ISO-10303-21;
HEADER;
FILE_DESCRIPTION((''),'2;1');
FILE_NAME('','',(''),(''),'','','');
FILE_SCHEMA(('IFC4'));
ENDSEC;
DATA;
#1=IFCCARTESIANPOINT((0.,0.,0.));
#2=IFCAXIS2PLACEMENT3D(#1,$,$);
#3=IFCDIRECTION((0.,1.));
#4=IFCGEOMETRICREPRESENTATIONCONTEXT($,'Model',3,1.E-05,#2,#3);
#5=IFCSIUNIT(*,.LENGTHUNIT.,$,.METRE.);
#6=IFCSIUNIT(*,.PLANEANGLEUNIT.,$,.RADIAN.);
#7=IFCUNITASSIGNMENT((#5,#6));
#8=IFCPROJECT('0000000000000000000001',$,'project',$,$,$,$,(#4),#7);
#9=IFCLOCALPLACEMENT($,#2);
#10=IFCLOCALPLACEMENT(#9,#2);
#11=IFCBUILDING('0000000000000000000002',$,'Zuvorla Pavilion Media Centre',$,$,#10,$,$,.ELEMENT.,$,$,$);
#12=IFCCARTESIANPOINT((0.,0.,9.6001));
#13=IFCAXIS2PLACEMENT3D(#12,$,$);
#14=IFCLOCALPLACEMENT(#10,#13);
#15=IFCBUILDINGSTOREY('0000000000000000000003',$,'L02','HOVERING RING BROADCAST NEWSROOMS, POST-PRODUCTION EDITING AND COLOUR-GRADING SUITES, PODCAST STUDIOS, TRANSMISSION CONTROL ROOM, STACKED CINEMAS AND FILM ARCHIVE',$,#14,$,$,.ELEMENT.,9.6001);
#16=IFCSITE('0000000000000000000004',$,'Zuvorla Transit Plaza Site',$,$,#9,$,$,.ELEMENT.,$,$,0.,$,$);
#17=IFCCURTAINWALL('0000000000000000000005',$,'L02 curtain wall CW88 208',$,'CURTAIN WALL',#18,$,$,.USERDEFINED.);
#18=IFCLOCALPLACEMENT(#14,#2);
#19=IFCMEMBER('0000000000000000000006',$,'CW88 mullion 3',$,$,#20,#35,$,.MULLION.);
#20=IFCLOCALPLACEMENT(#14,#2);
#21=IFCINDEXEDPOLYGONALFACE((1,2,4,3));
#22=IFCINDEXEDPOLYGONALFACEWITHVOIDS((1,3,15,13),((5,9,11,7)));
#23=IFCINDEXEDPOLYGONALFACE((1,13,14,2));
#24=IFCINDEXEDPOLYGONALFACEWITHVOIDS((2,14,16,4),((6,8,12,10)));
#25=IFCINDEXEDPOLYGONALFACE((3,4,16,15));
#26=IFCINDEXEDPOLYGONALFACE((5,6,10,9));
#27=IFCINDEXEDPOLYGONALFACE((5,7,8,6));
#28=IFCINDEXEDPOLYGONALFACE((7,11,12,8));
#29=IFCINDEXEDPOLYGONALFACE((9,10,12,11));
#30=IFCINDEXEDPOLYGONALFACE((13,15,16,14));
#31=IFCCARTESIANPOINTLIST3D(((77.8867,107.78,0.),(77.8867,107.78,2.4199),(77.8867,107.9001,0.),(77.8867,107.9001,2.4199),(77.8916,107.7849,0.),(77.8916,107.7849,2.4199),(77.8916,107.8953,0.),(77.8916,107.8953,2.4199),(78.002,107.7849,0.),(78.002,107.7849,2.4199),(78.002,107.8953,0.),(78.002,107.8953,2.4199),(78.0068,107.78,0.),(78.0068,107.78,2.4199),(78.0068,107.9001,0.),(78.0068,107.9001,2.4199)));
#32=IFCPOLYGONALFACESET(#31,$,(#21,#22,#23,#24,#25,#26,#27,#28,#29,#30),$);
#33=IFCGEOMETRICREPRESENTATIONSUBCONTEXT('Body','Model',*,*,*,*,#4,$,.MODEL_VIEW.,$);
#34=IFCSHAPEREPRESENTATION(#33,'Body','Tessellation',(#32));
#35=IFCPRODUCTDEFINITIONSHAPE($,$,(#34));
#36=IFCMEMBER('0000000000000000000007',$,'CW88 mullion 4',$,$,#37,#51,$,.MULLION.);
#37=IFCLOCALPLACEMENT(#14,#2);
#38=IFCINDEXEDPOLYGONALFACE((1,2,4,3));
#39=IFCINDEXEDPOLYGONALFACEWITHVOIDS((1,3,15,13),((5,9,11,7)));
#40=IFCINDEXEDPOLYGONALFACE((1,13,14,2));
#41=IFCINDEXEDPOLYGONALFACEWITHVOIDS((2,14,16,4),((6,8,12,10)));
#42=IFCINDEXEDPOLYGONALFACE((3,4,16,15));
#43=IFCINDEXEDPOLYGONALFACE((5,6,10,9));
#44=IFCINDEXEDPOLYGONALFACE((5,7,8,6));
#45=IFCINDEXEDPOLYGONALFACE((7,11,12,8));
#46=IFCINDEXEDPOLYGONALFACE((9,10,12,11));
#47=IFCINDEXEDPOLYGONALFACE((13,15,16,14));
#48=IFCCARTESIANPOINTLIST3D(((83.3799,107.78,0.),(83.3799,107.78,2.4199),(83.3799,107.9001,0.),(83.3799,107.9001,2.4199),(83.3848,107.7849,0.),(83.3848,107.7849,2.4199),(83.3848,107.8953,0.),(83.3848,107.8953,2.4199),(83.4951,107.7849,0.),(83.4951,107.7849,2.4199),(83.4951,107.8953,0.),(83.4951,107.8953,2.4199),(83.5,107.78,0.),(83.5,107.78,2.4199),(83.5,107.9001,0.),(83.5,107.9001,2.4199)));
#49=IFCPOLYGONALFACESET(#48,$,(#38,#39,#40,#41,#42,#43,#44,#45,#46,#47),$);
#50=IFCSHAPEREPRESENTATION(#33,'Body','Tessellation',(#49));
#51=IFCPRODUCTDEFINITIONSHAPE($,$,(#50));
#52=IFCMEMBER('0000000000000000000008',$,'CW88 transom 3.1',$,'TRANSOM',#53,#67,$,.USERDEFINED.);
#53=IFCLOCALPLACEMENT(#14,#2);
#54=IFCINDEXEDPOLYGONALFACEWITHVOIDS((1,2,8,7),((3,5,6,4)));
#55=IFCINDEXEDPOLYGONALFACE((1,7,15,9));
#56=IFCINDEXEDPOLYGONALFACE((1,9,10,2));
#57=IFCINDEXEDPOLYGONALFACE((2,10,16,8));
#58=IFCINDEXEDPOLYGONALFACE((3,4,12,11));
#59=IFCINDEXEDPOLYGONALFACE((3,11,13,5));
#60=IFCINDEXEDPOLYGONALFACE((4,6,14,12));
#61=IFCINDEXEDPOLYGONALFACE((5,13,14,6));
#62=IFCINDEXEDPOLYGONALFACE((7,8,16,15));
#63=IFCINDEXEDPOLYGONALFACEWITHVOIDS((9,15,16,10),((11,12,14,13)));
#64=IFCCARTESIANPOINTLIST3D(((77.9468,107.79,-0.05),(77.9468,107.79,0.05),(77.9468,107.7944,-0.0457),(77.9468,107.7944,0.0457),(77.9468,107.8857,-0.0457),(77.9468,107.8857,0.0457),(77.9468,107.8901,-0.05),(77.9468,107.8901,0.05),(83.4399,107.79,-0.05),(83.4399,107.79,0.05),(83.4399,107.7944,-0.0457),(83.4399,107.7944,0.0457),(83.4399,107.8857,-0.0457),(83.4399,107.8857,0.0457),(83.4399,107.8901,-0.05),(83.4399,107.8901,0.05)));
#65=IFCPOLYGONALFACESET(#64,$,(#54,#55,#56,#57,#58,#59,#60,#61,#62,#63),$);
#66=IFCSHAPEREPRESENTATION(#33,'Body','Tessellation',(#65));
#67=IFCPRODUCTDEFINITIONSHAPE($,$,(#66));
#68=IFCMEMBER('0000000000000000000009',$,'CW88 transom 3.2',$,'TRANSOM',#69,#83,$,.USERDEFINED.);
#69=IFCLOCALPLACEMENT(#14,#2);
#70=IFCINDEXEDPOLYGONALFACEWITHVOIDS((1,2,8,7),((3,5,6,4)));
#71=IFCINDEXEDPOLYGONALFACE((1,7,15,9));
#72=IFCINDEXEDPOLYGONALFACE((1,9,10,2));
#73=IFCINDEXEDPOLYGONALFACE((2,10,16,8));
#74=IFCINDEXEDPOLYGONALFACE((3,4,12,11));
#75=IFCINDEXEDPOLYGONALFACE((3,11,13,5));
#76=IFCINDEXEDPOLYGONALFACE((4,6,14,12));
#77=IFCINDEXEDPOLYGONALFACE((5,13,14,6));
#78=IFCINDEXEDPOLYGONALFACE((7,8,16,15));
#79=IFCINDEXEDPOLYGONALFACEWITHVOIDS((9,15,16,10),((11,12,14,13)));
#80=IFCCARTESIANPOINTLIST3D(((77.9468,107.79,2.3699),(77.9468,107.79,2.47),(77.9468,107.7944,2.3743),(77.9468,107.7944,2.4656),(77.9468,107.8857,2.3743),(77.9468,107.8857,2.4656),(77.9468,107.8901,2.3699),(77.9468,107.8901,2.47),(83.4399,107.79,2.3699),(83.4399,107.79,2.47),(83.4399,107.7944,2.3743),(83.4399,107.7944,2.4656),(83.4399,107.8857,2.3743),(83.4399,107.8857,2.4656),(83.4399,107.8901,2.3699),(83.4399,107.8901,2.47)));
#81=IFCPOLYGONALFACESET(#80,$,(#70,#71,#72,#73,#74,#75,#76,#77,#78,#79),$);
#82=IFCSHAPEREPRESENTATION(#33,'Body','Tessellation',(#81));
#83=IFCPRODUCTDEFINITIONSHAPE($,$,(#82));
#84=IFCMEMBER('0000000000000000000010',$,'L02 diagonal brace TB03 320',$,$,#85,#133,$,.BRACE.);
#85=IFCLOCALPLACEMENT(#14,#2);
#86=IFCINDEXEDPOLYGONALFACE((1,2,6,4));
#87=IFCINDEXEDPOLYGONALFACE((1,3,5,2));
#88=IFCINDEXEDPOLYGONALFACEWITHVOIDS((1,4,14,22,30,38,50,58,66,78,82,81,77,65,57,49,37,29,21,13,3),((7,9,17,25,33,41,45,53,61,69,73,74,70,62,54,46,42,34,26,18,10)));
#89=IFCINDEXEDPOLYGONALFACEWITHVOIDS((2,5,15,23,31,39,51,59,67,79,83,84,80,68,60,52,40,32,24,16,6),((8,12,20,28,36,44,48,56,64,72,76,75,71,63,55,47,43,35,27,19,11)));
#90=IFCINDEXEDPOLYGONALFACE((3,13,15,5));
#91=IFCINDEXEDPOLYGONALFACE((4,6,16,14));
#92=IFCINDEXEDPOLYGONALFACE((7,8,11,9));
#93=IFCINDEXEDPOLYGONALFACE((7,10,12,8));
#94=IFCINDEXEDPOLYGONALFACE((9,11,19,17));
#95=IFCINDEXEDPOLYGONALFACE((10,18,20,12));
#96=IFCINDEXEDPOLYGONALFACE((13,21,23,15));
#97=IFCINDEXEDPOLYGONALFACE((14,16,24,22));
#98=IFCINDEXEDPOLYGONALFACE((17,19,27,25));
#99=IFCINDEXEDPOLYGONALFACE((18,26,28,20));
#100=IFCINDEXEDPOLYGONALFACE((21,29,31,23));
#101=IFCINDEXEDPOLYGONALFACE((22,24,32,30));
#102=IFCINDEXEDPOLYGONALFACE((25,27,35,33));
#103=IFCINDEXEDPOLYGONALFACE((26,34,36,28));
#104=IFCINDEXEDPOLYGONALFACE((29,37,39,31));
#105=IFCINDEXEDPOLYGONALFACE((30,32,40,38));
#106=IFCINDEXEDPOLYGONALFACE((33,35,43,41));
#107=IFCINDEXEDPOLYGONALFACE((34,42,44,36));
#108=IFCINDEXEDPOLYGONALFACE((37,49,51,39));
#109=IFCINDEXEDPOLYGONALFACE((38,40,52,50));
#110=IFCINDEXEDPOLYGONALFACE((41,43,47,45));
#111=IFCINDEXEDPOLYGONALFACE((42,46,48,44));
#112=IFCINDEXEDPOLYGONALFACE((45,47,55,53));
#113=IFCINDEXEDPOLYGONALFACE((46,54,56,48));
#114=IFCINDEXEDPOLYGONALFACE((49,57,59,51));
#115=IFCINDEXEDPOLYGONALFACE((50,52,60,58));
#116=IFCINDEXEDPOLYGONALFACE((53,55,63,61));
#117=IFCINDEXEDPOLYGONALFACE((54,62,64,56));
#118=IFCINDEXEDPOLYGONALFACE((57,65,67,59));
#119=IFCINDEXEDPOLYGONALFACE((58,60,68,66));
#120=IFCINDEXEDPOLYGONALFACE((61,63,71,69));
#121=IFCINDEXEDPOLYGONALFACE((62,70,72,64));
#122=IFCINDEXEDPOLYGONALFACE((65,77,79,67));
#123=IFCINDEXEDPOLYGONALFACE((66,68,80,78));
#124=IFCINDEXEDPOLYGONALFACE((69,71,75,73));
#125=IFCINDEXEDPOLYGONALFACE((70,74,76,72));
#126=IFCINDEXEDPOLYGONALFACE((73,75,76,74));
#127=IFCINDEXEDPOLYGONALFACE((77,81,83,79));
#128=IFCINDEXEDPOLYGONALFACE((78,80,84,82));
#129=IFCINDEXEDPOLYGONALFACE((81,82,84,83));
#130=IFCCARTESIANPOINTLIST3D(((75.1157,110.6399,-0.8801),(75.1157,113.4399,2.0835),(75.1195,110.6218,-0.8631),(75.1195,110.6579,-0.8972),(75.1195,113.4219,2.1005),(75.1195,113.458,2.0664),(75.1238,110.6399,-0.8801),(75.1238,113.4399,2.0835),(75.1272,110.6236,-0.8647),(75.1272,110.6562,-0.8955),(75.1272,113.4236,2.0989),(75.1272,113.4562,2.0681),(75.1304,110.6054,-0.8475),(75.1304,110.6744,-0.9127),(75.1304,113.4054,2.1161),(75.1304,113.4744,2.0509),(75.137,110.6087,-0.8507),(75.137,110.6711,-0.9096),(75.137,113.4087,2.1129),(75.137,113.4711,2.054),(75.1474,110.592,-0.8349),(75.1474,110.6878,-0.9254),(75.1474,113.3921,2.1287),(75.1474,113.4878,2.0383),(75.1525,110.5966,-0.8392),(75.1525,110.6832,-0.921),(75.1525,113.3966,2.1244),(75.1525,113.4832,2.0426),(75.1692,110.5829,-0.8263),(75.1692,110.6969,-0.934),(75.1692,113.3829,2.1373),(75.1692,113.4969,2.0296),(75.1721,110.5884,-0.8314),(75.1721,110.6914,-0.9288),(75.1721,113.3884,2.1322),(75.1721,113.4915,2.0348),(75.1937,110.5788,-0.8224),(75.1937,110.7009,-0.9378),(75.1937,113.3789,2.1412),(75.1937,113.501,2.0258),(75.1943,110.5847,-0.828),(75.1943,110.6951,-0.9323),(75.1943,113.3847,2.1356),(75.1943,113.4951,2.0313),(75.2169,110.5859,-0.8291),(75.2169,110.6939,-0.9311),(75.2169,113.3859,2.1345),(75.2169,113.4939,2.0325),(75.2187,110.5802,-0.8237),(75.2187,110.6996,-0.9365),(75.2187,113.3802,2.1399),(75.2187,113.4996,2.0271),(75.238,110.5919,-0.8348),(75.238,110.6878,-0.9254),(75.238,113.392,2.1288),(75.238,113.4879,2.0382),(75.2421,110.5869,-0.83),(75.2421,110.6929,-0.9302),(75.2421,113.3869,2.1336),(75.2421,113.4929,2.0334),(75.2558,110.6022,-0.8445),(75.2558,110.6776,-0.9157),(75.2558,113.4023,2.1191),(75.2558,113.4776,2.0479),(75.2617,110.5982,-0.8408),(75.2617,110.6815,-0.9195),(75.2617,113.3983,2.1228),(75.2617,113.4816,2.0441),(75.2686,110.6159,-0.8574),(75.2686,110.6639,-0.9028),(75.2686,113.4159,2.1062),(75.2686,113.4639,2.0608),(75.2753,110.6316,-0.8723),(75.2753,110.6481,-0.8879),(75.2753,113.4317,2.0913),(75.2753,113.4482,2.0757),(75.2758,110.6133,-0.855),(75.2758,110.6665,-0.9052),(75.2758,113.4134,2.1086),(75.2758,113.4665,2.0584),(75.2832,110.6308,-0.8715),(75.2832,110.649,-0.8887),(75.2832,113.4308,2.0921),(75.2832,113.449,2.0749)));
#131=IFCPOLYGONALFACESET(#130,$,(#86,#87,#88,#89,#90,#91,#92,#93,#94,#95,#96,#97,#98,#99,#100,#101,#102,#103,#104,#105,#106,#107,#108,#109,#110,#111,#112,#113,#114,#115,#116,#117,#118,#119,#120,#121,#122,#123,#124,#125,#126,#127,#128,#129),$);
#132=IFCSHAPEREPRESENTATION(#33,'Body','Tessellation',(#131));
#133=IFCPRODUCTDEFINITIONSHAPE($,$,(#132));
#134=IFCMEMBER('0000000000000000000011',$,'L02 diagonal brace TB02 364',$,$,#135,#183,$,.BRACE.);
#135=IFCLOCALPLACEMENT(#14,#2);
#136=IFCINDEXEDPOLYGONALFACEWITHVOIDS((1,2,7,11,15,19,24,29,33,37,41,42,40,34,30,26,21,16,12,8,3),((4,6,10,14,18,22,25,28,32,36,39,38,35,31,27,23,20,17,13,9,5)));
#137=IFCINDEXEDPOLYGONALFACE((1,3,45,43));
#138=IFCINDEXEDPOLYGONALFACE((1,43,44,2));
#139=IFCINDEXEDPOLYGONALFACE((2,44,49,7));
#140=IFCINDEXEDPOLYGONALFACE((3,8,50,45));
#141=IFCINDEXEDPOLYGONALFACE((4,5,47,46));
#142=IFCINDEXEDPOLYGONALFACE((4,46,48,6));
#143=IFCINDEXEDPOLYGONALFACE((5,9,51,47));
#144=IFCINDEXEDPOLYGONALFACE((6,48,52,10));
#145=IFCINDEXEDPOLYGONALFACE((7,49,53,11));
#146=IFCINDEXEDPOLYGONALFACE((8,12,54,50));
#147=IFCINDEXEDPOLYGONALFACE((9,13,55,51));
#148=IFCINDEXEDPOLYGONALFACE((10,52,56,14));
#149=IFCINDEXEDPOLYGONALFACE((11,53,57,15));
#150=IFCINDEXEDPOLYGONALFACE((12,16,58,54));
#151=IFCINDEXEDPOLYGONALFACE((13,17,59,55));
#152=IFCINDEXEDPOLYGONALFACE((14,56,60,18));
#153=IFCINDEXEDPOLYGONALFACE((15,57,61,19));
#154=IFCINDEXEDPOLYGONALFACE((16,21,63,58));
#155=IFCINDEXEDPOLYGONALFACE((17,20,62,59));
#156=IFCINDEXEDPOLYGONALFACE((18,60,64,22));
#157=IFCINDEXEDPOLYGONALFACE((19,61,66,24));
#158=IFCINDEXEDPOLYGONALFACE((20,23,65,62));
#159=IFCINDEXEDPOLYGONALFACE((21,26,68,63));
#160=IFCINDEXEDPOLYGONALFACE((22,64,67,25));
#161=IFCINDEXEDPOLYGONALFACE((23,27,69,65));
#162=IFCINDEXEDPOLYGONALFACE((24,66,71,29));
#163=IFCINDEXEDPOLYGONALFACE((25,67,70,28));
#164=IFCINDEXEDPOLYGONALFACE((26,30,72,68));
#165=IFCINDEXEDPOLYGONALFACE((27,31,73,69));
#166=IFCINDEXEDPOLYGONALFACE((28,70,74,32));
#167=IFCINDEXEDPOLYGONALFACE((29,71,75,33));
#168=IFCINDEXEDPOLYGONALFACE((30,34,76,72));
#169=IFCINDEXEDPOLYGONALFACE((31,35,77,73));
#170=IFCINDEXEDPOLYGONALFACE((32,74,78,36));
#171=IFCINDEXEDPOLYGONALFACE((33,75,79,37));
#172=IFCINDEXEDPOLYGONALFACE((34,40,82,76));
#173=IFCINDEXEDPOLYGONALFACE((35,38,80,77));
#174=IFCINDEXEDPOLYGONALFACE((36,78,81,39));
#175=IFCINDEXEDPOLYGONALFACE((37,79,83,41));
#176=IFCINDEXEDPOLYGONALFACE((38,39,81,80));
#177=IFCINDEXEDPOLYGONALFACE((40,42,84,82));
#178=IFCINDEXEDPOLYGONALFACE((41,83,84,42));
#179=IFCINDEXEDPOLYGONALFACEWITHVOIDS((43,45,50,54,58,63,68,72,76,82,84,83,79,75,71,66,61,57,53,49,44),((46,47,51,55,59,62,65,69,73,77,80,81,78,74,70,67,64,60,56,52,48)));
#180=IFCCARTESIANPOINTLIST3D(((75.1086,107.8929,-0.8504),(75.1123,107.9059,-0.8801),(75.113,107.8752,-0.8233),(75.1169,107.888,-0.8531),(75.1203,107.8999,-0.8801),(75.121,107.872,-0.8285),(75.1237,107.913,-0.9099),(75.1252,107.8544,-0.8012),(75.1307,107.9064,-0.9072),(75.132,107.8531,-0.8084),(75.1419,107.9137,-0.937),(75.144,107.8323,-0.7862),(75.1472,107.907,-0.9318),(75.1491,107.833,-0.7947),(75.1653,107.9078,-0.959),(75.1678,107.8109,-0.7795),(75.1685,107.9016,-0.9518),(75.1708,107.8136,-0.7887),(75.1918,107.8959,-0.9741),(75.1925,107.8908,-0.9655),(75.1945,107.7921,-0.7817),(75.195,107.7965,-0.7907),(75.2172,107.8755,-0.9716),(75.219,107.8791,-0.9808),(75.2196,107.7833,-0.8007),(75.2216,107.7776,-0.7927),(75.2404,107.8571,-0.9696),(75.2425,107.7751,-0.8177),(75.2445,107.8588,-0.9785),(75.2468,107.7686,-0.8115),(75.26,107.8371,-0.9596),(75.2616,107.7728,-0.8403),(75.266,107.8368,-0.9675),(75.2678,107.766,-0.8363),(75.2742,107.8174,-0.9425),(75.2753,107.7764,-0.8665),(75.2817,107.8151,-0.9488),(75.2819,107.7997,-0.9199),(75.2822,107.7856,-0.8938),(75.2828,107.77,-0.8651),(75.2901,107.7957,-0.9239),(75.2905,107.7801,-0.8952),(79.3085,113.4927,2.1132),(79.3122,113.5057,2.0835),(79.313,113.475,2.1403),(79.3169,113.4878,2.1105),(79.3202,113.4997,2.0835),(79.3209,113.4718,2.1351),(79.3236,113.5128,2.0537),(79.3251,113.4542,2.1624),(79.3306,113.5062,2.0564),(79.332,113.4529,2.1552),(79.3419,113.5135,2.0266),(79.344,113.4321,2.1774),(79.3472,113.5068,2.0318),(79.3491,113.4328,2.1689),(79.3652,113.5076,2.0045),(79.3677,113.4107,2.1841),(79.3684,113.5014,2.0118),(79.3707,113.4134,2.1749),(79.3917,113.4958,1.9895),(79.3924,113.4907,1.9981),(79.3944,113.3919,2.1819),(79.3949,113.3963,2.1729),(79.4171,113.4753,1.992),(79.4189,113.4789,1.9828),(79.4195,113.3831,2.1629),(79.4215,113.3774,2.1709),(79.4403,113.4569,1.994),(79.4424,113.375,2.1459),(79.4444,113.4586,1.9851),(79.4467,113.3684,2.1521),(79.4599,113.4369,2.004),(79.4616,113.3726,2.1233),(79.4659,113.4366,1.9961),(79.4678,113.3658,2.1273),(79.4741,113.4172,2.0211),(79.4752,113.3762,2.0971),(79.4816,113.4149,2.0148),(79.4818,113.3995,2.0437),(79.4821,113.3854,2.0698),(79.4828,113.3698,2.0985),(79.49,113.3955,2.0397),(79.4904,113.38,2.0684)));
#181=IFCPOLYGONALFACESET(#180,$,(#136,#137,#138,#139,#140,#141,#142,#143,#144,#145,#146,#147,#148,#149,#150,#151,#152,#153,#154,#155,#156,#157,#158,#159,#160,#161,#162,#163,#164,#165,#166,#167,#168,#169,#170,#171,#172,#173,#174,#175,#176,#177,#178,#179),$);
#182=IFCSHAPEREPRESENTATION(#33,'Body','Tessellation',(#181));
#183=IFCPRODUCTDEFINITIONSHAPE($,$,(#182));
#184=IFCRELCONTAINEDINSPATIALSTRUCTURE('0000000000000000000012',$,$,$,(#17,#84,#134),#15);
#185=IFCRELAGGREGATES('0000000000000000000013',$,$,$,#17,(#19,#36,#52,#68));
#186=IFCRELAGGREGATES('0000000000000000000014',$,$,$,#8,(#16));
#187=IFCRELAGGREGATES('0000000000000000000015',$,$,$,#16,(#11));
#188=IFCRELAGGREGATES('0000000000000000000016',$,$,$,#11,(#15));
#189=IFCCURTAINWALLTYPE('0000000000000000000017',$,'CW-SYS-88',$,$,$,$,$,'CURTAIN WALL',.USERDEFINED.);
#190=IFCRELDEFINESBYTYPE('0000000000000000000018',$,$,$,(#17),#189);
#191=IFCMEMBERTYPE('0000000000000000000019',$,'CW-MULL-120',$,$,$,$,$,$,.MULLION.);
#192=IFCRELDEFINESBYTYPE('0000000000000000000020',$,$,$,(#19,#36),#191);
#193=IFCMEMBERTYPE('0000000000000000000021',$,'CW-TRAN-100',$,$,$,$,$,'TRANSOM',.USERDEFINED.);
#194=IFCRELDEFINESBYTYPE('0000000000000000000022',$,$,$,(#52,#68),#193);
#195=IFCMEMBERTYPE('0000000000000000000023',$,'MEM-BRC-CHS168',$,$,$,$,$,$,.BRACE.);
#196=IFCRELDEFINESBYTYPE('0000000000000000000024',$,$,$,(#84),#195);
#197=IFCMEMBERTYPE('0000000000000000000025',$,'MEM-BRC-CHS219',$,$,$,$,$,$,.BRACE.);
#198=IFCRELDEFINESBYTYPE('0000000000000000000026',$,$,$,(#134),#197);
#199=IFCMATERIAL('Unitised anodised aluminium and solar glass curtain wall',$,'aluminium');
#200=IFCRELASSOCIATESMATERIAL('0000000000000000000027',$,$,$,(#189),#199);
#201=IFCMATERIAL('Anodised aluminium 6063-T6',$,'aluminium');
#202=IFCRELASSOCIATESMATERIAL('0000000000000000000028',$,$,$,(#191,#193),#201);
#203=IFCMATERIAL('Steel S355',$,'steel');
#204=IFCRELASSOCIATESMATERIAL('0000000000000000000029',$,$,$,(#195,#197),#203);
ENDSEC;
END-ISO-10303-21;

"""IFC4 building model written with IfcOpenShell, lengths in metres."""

from ifc_helpers import new_model, si_unit, direction, frame, origin, origin_2d, place, context, subcontext, project, spatial, hollow_rectangle, hollow_circle, extrude, material, material_profile, profile_set, type_object, element, aggregate, save


model = new_model("IFC4")

# Units and contexts
model_context = context("Model", 3, precision=1e-05, world=origin(), true_north=direction((0.0, 1.0)))
body_context = subcontext(model_context, "Body", "Model", "MODEL_VIEW")
ifc_project = project(units=[si_unit("LENGTHUNIT", "METRE"), si_unit("PLANEANGLEUNIT", "RADIAN")], contexts=[model_context])

# Site, building, storey
site_placement = place(None, origin())
site = spatial("IfcSite", under=ifc_project, at=site_placement, Name="Zuvorla Transit Plaza Site", CompositionType="ELEMENT", RefElevation=0.0)
building_placement = place(site_placement, origin())
building = spatial("IfcBuilding", under=site, at=building_placement, Name="Zuvorla Pavilion Media Centre", CompositionType="ELEMENT")
storey_placement = place(building_placement, frame((0.0, 0.0, 9.6001)))
storey = spatial("IfcBuildingStorey", under=building, at=storey_placement, Name="L02", Description="HOVERING RING BROADCAST NEWSROOMS, POST-PRODUCTION EDITING AND COLOUR-GRADING SUITES, PODCAST STUDIOS, TRANSMISSION CONTROL ROOM, STACKED CINEMAS AND FILM ARCHIVE", CompositionType="ELEMENT", Elevation=9.6001)

# Curtain wall, members
ifc_material_1 = material(Name="Unitised anodised aluminium and solar glass curtain wall", Category="aluminium")
curtain_wall_type = type_object("IfcCurtainWallType", Name="CW-SYS-88", ElementType="CURTAIN WALL", PredefinedType="USERDEFINED", material=ifc_material_1)
curtain_wall_placement = place(storey_placement, origin())
curtain_wall = element("IfcCurtainWall", 1, at=curtain_wall_placement, inside=storey, type_object=curtain_wall_type, Name="L02 curtain wall CW88 208", ObjectType="CURTAIN WALL", PredefinedType="USERDEFINED")
ifc_material_2 = material(Name="Anodised aluminium 6063-T6", Category="aluminium")
ifc_material_profile_1 = material_profile(ifc_material_2, hollow_rectangle(XDim=0.1201, YDim=0.1201, WallThickness=0.0049, at=origin_2d()), Name="ALU MULL 120x120")
ifc_profile_set_1 = profile_set([ifc_material_profile_1], Name="Anodised aluminium 6063-T6")
member_type_1 = type_object("IfcMemberType", Name="CW-MULL-120", PredefinedType="MULLION", material=ifc_profile_set_1)
member_1_placement = place(storey_placement, frame((77.9468, 107.8401, 0.0), z_axis=(0.0, 0.0, 1.0), x_axis=(1.0, 0.0, 0.0)))
member_1 = element("IfcMember", 2, at=member_1_placement, type_object=member_type_1, Name="CW88 mullion 3", PredefinedType="MULLION", context=body_context, shape_type="SweptSolid", body=[
    extrude(hollow_rectangle(XDim=0.1201, YDim=0.1201, WallThickness=0.0049, at=origin_2d()), origin(), (0.0, 0.0, 1.0), 2.4199),
])
member_2_placement = place(storey_placement, frame((83.4399, 107.8401, 0.0), z_axis=(0.0, 0.0, 1.0), x_axis=(1.0, 0.0, 0.0)))
member_2 = element("IfcMember", 3, at=member_2_placement, type_object=member_type_1, Name="CW88 mullion 4", PredefinedType="MULLION", context=body_context, shape_type="SweptSolid", body=[
    extrude(hollow_rectangle(XDim=0.1201, YDim=0.1201, WallThickness=0.0049, at=origin_2d()), origin(), (0.0, 0.0, 1.0), 2.4199),
])
ifc_material_profile_2 = material_profile(ifc_material_2, hollow_rectangle(XDim=0.1001, YDim=0.1001, WallThickness=0.0044, at=origin_2d()), Name="ALU TRAN 100x100")
ifc_profile_set_2 = profile_set([ifc_material_profile_2], Name="Anodised aluminium 6063-T6")
member_type_2 = type_object("IfcMemberType", Name="CW-TRAN-100", ElementType="TRANSOM", PredefinedType="USERDEFINED", material=ifc_profile_set_2)
member_3_placement = place(storey_placement, frame((77.9468, 107.8401, 0.0), z_axis=(1.0, 0.0, 0.0), x_axis=(0.0, 1.0, 0.0)))
member_3 = element("IfcMember", 4, at=member_3_placement, type_object=member_type_2, Name="CW88 transom 3.1", ObjectType="TRANSOM", PredefinedType="USERDEFINED", context=body_context, shape_type="SweptSolid", body=[
    extrude(hollow_rectangle(XDim=0.1001, YDim=0.1001, WallThickness=0.0044, at=origin_2d()), origin(), (0.0, 0.0, 1.0), 5.4932),
])
member_4_placement = place(storey_placement, frame((77.9468, 107.8401, 2.4199), z_axis=(1.0, 0.0, 0.0), x_axis=(0.0, 1.0, 0.0)))
member_4 = element("IfcMember", 5, at=member_4_placement, type_object=member_type_2, Name="CW88 transom 3.2", ObjectType="TRANSOM", PredefinedType="USERDEFINED", context=body_context, shape_type="SweptSolid", body=[
    extrude(hollow_rectangle(XDim=0.1001, YDim=0.1001, WallThickness=0.0044, at=origin_2d()), origin(), (0.0, 0.0, 1.0), 5.4932),
])

# Members
ifc_material_3 = material(Name="Steel S355", Category="steel")
ifc_material_profile_3 = material_profile(ifc_material_3, hollow_circle(Radius=0.0842, WallThickness=0.0081, at=origin_2d()), Name="CHS 168.3x8")
ifc_profile_set_3 = profile_set([ifc_material_profile_3], Name="Steel S355")
member_type_3 = type_object("IfcMemberType", Name="MEM-BRC-CHS168", PredefinedType="BRACE", material=ifc_profile_set_3)
member_5_placement = place(storey_placement, frame((75.2, 110.6399, -0.8801), z_axis=(0.0, 0.686762, 0.726882), x_axis=(-1.0, 0.0, 0.0)))
element("IfcMember", 6, at=member_5_placement, inside=storey, type_object=member_type_3, Name="L02 diagonal brace TB03 320", PredefinedType="BRACE", context=body_context, shape_type="SweptSolid", body=[
    extrude(hollow_circle(Radius=0.0842, WallThickness=0.0081, at=origin_2d()), origin(), (0.0, 0.0, 1.0), 4.0771),
])
ifc_material_profile_4 = material_profile(ifc_material_3, hollow_circle(Radius=0.1096, WallThickness=0.01, at=origin_2d()), Name="CHS 219.1x10")
ifc_profile_set_4 = profile_set([ifc_material_profile_4], Name="Steel S355")
member_type_4 = type_object("IfcMemberType", Name="MEM-BRC-CHS219", PredefinedType="BRACE", material=ifc_profile_set_4)
member_6_placement = place(storey_placement, frame((75.2, 107.8401, -0.8801), z_axis=(0.552525, 0.736689, 0.389879), x_axis=(-0.799996, 0.600006, 0.0)))
element("IfcMember", 7, at=member_6_placement, inside=storey, type_object=member_type_4, Name="L02 diagonal brace TB02 364", PredefinedType="BRACE", context=body_context, shape_type="SweptSolid", body=[
    extrude(hollow_circle(Radius=0.1096, WallThickness=0.01, at=origin_2d()), origin(), (0.0, 0.0, 1.0), 7.6013),
])

aggregate(curtain_wall, [member_1, member_2, member_3, member_4])

save(model, "model.ifc")
